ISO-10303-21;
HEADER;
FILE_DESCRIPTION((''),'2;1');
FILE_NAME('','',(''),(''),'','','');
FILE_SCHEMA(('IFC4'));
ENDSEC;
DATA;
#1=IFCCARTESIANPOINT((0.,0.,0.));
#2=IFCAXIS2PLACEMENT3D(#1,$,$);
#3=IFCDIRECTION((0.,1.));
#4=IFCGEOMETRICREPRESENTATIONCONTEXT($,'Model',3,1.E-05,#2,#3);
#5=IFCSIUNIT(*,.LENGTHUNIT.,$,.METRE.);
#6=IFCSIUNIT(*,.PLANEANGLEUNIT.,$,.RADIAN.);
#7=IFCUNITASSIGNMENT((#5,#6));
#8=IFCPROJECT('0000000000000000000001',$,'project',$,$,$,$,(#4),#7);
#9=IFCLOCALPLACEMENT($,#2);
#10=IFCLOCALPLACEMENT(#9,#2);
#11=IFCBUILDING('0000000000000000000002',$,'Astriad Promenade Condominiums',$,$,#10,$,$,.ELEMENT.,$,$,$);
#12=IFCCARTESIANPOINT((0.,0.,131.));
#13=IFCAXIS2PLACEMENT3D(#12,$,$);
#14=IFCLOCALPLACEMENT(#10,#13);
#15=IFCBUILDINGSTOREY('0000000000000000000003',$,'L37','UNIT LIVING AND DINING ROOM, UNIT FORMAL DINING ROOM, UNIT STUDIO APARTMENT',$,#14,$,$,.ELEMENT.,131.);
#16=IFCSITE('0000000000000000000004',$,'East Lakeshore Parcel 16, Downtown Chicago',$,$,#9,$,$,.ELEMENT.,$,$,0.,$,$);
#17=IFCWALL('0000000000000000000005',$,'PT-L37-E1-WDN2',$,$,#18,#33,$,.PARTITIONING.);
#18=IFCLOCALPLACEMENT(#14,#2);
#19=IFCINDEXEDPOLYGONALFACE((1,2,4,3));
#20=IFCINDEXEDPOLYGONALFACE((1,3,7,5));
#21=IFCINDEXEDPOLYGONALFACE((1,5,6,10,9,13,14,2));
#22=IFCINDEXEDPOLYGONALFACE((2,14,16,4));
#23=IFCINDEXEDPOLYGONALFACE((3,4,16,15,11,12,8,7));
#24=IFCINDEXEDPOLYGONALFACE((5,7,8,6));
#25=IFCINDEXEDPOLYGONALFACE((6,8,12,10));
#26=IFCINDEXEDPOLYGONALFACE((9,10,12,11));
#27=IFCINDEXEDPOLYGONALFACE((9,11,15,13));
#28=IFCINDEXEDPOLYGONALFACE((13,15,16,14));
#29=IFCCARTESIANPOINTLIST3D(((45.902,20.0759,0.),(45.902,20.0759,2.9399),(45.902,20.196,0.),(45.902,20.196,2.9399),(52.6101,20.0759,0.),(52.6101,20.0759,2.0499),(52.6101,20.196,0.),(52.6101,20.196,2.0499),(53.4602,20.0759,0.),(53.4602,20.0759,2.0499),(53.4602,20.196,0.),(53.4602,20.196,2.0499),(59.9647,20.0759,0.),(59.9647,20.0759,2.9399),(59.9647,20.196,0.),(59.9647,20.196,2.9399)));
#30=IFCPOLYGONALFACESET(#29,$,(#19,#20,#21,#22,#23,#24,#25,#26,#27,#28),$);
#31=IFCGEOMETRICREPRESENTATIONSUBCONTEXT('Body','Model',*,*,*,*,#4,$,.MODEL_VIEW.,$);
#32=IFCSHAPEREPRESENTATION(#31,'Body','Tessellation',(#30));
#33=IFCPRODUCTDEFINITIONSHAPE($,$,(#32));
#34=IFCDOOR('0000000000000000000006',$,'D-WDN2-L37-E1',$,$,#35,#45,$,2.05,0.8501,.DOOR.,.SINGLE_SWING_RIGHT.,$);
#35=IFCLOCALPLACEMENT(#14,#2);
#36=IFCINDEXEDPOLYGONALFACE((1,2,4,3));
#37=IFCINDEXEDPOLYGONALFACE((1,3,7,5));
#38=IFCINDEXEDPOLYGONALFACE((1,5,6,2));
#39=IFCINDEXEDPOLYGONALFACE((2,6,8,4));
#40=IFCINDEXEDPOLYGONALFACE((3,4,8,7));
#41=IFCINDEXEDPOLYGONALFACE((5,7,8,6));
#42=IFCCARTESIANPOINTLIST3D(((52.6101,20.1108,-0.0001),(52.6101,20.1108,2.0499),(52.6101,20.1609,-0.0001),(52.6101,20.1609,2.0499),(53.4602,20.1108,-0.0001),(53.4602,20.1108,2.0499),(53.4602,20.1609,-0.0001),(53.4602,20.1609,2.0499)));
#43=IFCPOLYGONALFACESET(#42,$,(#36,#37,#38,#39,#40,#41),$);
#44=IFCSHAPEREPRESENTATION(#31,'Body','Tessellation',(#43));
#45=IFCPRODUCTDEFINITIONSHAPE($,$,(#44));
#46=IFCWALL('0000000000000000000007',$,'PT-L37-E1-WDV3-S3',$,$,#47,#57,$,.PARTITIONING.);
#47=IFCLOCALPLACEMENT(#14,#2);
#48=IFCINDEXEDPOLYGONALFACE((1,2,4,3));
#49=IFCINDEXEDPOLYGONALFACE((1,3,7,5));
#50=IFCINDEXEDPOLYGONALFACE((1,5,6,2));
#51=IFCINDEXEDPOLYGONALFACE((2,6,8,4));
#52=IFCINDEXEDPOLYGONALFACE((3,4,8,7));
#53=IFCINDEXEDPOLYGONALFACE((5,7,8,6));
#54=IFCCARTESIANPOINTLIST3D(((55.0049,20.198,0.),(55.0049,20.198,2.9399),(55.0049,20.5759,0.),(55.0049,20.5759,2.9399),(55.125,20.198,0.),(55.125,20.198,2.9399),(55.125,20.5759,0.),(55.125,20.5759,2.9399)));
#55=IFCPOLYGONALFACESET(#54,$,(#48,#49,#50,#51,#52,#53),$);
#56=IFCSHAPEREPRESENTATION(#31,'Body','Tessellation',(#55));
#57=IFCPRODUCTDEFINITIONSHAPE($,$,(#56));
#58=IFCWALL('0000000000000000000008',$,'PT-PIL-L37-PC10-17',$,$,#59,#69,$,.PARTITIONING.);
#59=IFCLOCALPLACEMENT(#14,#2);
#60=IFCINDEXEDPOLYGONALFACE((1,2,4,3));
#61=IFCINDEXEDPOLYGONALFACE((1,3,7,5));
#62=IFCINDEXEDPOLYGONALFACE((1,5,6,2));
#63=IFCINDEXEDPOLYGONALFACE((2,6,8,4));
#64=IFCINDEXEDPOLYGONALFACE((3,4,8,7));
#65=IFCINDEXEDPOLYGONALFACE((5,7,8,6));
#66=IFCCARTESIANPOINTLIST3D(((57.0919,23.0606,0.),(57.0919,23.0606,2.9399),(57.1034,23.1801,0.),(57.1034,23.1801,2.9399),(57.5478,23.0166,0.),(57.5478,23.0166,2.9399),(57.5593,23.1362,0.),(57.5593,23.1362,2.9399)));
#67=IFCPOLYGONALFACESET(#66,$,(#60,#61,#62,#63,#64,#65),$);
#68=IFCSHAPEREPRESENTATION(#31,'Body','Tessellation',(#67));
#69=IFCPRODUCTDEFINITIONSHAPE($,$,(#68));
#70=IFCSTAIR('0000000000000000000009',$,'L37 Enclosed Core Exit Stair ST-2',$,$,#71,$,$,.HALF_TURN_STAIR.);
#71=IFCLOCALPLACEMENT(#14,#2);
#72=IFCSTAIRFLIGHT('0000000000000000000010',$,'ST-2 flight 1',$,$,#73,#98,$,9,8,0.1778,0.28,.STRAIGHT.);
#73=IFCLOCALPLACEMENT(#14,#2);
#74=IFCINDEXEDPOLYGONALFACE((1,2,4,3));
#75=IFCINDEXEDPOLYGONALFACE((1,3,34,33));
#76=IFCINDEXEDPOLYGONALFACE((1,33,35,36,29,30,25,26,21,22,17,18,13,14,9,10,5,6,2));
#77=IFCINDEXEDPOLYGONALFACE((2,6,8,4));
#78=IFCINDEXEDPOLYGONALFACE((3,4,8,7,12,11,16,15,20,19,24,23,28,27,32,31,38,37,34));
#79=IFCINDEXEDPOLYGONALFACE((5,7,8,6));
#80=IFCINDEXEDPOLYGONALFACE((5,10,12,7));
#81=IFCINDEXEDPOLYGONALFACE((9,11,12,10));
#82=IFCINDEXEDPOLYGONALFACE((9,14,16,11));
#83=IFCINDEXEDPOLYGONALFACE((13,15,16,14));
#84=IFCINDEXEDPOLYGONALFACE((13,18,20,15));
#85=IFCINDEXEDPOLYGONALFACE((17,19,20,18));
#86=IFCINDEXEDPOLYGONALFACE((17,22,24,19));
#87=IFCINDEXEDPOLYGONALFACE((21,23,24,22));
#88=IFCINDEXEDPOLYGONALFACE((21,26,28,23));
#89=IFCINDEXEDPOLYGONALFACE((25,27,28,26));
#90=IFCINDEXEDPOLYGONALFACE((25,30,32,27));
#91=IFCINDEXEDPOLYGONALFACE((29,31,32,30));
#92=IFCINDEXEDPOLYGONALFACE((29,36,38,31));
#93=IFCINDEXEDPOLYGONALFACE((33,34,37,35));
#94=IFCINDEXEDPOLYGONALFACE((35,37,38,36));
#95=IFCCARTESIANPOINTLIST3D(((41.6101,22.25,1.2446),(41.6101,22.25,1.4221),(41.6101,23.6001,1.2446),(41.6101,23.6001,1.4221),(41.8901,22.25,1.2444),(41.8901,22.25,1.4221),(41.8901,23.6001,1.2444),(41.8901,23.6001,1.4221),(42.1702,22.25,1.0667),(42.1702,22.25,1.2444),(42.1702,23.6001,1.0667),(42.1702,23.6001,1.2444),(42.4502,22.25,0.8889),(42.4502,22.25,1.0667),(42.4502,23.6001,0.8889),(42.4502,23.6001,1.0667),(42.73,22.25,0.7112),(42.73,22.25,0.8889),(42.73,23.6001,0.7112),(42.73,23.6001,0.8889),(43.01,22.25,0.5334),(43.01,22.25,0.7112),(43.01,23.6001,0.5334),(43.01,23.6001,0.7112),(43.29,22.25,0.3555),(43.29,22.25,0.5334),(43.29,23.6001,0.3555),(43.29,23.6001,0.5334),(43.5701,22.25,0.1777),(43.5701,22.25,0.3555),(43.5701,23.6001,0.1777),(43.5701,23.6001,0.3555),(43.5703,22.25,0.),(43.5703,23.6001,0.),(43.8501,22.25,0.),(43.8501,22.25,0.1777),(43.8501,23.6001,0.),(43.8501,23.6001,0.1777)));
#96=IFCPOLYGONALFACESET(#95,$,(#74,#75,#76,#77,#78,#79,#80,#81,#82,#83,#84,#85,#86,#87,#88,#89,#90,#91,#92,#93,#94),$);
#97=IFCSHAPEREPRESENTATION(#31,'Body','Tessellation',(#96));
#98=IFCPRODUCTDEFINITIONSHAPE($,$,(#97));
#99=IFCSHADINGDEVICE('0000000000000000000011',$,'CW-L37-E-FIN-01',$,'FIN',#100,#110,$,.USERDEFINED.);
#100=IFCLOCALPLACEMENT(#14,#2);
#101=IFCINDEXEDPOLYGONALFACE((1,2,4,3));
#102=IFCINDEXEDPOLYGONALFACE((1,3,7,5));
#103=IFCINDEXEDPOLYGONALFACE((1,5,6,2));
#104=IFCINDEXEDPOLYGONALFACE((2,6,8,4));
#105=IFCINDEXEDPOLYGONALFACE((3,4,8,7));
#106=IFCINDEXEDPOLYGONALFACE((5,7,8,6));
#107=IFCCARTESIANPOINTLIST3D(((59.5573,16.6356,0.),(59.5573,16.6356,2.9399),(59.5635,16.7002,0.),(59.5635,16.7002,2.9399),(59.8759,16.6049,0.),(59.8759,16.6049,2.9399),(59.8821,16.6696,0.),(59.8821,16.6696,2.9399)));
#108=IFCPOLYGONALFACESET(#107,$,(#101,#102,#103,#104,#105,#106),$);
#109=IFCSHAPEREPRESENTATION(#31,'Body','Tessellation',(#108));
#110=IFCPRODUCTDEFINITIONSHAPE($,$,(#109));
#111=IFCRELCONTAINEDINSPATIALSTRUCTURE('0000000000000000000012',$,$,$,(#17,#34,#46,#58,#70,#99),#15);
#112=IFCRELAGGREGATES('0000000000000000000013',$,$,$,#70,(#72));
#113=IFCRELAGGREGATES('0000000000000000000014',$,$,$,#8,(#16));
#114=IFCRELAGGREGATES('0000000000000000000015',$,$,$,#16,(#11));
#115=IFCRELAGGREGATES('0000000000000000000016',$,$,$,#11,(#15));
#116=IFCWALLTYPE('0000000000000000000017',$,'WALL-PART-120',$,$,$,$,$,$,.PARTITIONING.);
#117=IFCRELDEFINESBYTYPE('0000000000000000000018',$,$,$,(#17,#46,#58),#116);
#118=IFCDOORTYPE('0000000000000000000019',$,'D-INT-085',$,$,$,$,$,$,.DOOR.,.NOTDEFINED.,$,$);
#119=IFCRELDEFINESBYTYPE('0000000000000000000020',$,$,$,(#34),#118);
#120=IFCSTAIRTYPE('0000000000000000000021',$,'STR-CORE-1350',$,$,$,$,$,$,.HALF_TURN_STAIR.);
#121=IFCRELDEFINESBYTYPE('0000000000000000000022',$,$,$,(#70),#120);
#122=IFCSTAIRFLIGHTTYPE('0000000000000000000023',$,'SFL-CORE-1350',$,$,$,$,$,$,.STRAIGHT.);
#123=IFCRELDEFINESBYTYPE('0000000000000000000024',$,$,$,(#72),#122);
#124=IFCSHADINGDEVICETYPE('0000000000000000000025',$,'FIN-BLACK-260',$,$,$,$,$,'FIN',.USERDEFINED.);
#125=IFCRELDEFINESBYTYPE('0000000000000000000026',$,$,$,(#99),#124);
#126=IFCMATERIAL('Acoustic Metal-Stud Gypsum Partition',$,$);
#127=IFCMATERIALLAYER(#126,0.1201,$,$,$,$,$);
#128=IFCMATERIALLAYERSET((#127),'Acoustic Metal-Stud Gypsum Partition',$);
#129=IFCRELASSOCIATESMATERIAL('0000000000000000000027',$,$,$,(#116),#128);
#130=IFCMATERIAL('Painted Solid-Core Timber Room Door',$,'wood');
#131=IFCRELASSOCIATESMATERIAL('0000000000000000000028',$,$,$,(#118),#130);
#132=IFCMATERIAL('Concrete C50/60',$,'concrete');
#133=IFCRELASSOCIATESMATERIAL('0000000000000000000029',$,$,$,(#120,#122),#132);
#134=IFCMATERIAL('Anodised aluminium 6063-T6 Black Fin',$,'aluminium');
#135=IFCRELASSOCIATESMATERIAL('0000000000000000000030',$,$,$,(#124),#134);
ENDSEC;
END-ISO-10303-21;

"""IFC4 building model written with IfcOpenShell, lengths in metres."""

from ifc_helpers import new_model, si_unit, direction, frame, frame_2d, origin, origin_2d, place, context, subcontext, project, spatial, polyline, rectangle, outline, extrude, source, transform, mapped, material, layer, layer_set, type_object, type_shapes, element, fill, aggregate, save


model = new_model("IFC4")

# Units and contexts
model_context = context("Model", 3, precision=1e-05, world=origin(), true_north=direction((0.0, 1.0)))
body_context = subcontext(model_context, "Body", "Model", "MODEL_VIEW")
ifc_project = project(units=[si_unit("LENGTHUNIT", "METRE"), si_unit("PLANEANGLEUNIT", "RADIAN")], contexts=[model_context])

# Site, building, storey
site_placement = place(None, origin())
site = spatial("IfcSite", under=ifc_project, at=site_placement, Name="East Lakeshore Parcel 16, Downtown Chicago", CompositionType="ELEMENT", RefElevation=0.0)
building_placement = place(site_placement, origin())
building = spatial("IfcBuilding", under=site, at=building_placement, Name="Astriad Promenade Condominiums", CompositionType="ELEMENT")
storey_placement = place(building_placement, frame((0.0, 0.0, 131.0)))
storey = spatial("IfcBuildingStorey", under=building, at=storey_placement, Name="L37", Description="UNIT LIVING AND DINING ROOM, UNIT FORMAL DINING ROOM, UNIT STUDIO APARTMENT", CompositionType="ELEMENT", Elevation=131.0)

# Shared definitions
ifc_material_1 = material(Name="Acoustic Metal-Stud Gypsum Partition")
ifc_layer_1 = layer(ifc_material_1, 0.1201)
ifc_layer_set_1 = layer_set([ifc_layer_1], Name="Acoustic Metal-Stud Gypsum Partition")
wall_type_1 = type_object("IfcWallType", Name="WALL-PART-120", PredefinedType="PARTITIONING", material=ifc_layer_set_1)

# Wall, opening, door
ifc_material_2 = material(Name="Painted Solid-Core Timber Room Door", Category="wood")
door_type = type_object("IfcDoorType", Name="D-INT-085", OperationType="NOTDEFINED", PredefinedType="DOOR", material=ifc_material_2)
shared_shape_1 = source(origin(), body_context, "Body", "SweptSolid", [
    extrude(rectangle(XDim=0.8501, YDim=2.05, at=frame_2d((0.425, 1.0249))), frame((0.0, 0.0249, 0.0), z_axis=(0.0, -1.0, 0.0), x_axis=(1.0, 0.0, 0.0)), (0.0, 0.0, 1.0), 0.05),
])
type_shapes(door_type, [shared_shape_1])
wall_1_placement = place(storey_placement, frame((45.9021, 20.136, 0.0), z_axis=(0.0, 0.0, 1.0), x_axis=(1.0, 0.0, 0.0)))
wall_1 = element("IfcWall", 1, at=wall_1_placement, inside=storey, type_object=wall_type_1, Name="PT-L37-E1-WDN2", PredefinedType="PARTITIONING", context=body_context, shape_type="SweptSolid", body=[
    extrude(rectangle(XDim=14.0627, YDim=0.1201, at=frame_2d((7.0312, 0.0))), origin(), (0.0, 0.0, 1.0), 2.9399),
])
opening_1_placement = place(wall_1_placement, frame((6.708, 0.0, 0.0)))
opening_1 = element("IfcOpeningElement", 2, at=opening_1_placement, cuts=wall_1, PredefinedType="OPENING", context=body_context, shape_type="SweptSolid", body=[
    extrude(rectangle(XDim=0.8501, YDim=2.05, at=frame_2d((0.425, 1.0249))), frame((0.0, 0.0701, 0.0), z_axis=(0.0, -1.0, 0.0), x_axis=(1.0, 0.0, 0.0)), (0.0, 0.0, 1.0), 0.1401),
])
door_1_placement = place(opening_1_placement, origin())
door_1 = element("IfcDoor", 3, at=door_1_placement, inside=storey, type_object=door_type, Name="D-WDN2-L37-E1", OperationType="SINGLE_SWING_RIGHT", OverallHeight=2.05, OverallWidth=0.8501, PredefinedType="DOOR", context=body_context, shape_type="MappedRepresentation", body=[
    mapped(shared_shape_1, transform((0.0, 0.0, 0.0), scale=1.0)),
])
fill(opening_1, door_1)

# Walls
wall_2_placement = place(storey_placement, frame((55.0649, 20.198, 0.0), z_axis=(0.0, 0.0, 1.0), x_axis=(0.0, 1.0, 0.0)))
element("IfcWall", 4, at=wall_2_placement, inside=storey, type_object=wall_type_1, Name="PT-L37-E1-WDV3-S3", PredefinedType="PARTITIONING", context=body_context, shape_type="SweptSolid", body=[
    extrude(rectangle(XDim=0.3779, YDim=0.1201, at=frame_2d((0.189, 0.0))), origin(), (0.0, 0.0, 1.0), 2.9399),
])
wall_3_placement = place(storey_placement, frame((57.0977, 23.1204, 0.0), z_axis=(0.0, 0.0, 1.0), x_axis=(0.995385, -0.095966, 0.0)))
element("IfcWall", 5, at=wall_3_placement, inside=storey, type_object=wall_type_1, Name="PT-PIL-L37-PC10-17", PredefinedType="PARTITIONING", context=body_context, shape_type="SweptSolid", body=[
    extrude(rectangle(XDim=0.458, YDim=0.1201, at=frame_2d((0.229, 0.0))), origin(), (0.0, 0.0, 1.0), 2.9399),
])

# Stair, stair flight
ifc_material_3 = material(Name="Concrete C50/60", Category="concrete")
stair_type = type_object("IfcStairType", Name="STR-CORE-1350", PredefinedType="HALF_TURN_STAIR", material=ifc_material_3)
stair_placement = place(storey_placement, origin())
stair = element("IfcStair", 6, at=stair_placement, inside=storey, type_object=stair_type, Name="L37 Enclosed Core Exit Stair ST-2", PredefinedType="HALF_TURN_STAIR")
stair_flight_type = type_object("IfcStairFlightType", Name="SFL-CORE-1350", PredefinedType="STRAIGHT", material=ifc_material_3)
shared_shape_2 = source(origin(), body_context, "Body", "SweptSolid", [
    extrude(outline(polyline([(0.0, 0.0), (0.0, 0.1777), (0.28, 0.1777), (0.28, 0.3555), (0.5601, 0.3555), (0.5601, 0.5334), (0.8401, 0.5334), (0.8401, 0.7112), (1.1201, 0.7112), (1.1201, 0.8889), (1.3999, 0.8889), (1.3999, 1.0667), (1.6799, 1.0667), (1.6799, 1.2444), (1.96, 1.2444), (1.96, 1.4221), (2.24, 1.4221), (2.24, 1.6001), (2.24, 1.2446), (0.2798, 0.0), (0.0, 0.0)])), frame((0.0, 0.675, 0.0), z_axis=(0.0, -1.0, 0.0), x_axis=(1.0, 0.0, 0.0)), (0.0, 0.0, 1.0), 1.3501),
])
type_shapes(stair_flight_type, [shared_shape_2])
stair_flight_placement = place(storey_placement, frame((43.8501, 22.925, 0.0), z_axis=(0.0, 0.0, 1.0), x_axis=(-1.0, 0.0, 0.0)))
stair_flight = element("IfcStairFlight", 7, at=stair_flight_placement, type_object=stair_flight_type, Name="ST-2 flight 1", NumberOfRisers=9, NumberOfTreads=8, PredefinedType="STRAIGHT", RiserHeight=0.1778, TreadLength=0.28, context=body_context, shape_type="MappedRepresentation", body=[
    mapped(shared_shape_2, transform((0.0, 0.0, 0.0), scale=1.0)),
])
aggregate(stair, [stair_flight])

# Shading device
ifc_material_4 = material(Name="Anodised aluminium 6063-T6 Black Fin", Category="aluminium")
shading_device_type = type_object("IfcShadingDeviceType", Name="FIN-BLACK-260", ElementType="FIN", PredefinedType="USERDEFINED", material=ifc_material_4)
shared_shape_3 = source(origin(), body_context, "Body", "SweptSolid", [
    extrude(rectangle(XDim=0.0649, YDim=0.3201, at=origin_2d()), origin(), (0.0, 0.0, 1.0), 2.9399),
])
type_shapes(shading_device_type, [shared_shape_3])
shading_device_placement = place(storey_placement, frame((59.7197, 16.6526, 0.0), z_axis=(0.0, 0.0, 1.0), x_axis=(-0.095846, -0.995396, 0.0)))
element("IfcShadingDevice", 8, at=shading_device_placement, inside=storey, type_object=shading_device_type, Name="CW-L37-E-FIN-01", ObjectType="FIN", PredefinedType="USERDEFINED", context=body_context, shape_type="MappedRepresentation", body=[
    mapped(shared_shape_3, transform((0.0, 0.0, 0.0), scale=1.0)),
])

save(model, "model.ifc")
